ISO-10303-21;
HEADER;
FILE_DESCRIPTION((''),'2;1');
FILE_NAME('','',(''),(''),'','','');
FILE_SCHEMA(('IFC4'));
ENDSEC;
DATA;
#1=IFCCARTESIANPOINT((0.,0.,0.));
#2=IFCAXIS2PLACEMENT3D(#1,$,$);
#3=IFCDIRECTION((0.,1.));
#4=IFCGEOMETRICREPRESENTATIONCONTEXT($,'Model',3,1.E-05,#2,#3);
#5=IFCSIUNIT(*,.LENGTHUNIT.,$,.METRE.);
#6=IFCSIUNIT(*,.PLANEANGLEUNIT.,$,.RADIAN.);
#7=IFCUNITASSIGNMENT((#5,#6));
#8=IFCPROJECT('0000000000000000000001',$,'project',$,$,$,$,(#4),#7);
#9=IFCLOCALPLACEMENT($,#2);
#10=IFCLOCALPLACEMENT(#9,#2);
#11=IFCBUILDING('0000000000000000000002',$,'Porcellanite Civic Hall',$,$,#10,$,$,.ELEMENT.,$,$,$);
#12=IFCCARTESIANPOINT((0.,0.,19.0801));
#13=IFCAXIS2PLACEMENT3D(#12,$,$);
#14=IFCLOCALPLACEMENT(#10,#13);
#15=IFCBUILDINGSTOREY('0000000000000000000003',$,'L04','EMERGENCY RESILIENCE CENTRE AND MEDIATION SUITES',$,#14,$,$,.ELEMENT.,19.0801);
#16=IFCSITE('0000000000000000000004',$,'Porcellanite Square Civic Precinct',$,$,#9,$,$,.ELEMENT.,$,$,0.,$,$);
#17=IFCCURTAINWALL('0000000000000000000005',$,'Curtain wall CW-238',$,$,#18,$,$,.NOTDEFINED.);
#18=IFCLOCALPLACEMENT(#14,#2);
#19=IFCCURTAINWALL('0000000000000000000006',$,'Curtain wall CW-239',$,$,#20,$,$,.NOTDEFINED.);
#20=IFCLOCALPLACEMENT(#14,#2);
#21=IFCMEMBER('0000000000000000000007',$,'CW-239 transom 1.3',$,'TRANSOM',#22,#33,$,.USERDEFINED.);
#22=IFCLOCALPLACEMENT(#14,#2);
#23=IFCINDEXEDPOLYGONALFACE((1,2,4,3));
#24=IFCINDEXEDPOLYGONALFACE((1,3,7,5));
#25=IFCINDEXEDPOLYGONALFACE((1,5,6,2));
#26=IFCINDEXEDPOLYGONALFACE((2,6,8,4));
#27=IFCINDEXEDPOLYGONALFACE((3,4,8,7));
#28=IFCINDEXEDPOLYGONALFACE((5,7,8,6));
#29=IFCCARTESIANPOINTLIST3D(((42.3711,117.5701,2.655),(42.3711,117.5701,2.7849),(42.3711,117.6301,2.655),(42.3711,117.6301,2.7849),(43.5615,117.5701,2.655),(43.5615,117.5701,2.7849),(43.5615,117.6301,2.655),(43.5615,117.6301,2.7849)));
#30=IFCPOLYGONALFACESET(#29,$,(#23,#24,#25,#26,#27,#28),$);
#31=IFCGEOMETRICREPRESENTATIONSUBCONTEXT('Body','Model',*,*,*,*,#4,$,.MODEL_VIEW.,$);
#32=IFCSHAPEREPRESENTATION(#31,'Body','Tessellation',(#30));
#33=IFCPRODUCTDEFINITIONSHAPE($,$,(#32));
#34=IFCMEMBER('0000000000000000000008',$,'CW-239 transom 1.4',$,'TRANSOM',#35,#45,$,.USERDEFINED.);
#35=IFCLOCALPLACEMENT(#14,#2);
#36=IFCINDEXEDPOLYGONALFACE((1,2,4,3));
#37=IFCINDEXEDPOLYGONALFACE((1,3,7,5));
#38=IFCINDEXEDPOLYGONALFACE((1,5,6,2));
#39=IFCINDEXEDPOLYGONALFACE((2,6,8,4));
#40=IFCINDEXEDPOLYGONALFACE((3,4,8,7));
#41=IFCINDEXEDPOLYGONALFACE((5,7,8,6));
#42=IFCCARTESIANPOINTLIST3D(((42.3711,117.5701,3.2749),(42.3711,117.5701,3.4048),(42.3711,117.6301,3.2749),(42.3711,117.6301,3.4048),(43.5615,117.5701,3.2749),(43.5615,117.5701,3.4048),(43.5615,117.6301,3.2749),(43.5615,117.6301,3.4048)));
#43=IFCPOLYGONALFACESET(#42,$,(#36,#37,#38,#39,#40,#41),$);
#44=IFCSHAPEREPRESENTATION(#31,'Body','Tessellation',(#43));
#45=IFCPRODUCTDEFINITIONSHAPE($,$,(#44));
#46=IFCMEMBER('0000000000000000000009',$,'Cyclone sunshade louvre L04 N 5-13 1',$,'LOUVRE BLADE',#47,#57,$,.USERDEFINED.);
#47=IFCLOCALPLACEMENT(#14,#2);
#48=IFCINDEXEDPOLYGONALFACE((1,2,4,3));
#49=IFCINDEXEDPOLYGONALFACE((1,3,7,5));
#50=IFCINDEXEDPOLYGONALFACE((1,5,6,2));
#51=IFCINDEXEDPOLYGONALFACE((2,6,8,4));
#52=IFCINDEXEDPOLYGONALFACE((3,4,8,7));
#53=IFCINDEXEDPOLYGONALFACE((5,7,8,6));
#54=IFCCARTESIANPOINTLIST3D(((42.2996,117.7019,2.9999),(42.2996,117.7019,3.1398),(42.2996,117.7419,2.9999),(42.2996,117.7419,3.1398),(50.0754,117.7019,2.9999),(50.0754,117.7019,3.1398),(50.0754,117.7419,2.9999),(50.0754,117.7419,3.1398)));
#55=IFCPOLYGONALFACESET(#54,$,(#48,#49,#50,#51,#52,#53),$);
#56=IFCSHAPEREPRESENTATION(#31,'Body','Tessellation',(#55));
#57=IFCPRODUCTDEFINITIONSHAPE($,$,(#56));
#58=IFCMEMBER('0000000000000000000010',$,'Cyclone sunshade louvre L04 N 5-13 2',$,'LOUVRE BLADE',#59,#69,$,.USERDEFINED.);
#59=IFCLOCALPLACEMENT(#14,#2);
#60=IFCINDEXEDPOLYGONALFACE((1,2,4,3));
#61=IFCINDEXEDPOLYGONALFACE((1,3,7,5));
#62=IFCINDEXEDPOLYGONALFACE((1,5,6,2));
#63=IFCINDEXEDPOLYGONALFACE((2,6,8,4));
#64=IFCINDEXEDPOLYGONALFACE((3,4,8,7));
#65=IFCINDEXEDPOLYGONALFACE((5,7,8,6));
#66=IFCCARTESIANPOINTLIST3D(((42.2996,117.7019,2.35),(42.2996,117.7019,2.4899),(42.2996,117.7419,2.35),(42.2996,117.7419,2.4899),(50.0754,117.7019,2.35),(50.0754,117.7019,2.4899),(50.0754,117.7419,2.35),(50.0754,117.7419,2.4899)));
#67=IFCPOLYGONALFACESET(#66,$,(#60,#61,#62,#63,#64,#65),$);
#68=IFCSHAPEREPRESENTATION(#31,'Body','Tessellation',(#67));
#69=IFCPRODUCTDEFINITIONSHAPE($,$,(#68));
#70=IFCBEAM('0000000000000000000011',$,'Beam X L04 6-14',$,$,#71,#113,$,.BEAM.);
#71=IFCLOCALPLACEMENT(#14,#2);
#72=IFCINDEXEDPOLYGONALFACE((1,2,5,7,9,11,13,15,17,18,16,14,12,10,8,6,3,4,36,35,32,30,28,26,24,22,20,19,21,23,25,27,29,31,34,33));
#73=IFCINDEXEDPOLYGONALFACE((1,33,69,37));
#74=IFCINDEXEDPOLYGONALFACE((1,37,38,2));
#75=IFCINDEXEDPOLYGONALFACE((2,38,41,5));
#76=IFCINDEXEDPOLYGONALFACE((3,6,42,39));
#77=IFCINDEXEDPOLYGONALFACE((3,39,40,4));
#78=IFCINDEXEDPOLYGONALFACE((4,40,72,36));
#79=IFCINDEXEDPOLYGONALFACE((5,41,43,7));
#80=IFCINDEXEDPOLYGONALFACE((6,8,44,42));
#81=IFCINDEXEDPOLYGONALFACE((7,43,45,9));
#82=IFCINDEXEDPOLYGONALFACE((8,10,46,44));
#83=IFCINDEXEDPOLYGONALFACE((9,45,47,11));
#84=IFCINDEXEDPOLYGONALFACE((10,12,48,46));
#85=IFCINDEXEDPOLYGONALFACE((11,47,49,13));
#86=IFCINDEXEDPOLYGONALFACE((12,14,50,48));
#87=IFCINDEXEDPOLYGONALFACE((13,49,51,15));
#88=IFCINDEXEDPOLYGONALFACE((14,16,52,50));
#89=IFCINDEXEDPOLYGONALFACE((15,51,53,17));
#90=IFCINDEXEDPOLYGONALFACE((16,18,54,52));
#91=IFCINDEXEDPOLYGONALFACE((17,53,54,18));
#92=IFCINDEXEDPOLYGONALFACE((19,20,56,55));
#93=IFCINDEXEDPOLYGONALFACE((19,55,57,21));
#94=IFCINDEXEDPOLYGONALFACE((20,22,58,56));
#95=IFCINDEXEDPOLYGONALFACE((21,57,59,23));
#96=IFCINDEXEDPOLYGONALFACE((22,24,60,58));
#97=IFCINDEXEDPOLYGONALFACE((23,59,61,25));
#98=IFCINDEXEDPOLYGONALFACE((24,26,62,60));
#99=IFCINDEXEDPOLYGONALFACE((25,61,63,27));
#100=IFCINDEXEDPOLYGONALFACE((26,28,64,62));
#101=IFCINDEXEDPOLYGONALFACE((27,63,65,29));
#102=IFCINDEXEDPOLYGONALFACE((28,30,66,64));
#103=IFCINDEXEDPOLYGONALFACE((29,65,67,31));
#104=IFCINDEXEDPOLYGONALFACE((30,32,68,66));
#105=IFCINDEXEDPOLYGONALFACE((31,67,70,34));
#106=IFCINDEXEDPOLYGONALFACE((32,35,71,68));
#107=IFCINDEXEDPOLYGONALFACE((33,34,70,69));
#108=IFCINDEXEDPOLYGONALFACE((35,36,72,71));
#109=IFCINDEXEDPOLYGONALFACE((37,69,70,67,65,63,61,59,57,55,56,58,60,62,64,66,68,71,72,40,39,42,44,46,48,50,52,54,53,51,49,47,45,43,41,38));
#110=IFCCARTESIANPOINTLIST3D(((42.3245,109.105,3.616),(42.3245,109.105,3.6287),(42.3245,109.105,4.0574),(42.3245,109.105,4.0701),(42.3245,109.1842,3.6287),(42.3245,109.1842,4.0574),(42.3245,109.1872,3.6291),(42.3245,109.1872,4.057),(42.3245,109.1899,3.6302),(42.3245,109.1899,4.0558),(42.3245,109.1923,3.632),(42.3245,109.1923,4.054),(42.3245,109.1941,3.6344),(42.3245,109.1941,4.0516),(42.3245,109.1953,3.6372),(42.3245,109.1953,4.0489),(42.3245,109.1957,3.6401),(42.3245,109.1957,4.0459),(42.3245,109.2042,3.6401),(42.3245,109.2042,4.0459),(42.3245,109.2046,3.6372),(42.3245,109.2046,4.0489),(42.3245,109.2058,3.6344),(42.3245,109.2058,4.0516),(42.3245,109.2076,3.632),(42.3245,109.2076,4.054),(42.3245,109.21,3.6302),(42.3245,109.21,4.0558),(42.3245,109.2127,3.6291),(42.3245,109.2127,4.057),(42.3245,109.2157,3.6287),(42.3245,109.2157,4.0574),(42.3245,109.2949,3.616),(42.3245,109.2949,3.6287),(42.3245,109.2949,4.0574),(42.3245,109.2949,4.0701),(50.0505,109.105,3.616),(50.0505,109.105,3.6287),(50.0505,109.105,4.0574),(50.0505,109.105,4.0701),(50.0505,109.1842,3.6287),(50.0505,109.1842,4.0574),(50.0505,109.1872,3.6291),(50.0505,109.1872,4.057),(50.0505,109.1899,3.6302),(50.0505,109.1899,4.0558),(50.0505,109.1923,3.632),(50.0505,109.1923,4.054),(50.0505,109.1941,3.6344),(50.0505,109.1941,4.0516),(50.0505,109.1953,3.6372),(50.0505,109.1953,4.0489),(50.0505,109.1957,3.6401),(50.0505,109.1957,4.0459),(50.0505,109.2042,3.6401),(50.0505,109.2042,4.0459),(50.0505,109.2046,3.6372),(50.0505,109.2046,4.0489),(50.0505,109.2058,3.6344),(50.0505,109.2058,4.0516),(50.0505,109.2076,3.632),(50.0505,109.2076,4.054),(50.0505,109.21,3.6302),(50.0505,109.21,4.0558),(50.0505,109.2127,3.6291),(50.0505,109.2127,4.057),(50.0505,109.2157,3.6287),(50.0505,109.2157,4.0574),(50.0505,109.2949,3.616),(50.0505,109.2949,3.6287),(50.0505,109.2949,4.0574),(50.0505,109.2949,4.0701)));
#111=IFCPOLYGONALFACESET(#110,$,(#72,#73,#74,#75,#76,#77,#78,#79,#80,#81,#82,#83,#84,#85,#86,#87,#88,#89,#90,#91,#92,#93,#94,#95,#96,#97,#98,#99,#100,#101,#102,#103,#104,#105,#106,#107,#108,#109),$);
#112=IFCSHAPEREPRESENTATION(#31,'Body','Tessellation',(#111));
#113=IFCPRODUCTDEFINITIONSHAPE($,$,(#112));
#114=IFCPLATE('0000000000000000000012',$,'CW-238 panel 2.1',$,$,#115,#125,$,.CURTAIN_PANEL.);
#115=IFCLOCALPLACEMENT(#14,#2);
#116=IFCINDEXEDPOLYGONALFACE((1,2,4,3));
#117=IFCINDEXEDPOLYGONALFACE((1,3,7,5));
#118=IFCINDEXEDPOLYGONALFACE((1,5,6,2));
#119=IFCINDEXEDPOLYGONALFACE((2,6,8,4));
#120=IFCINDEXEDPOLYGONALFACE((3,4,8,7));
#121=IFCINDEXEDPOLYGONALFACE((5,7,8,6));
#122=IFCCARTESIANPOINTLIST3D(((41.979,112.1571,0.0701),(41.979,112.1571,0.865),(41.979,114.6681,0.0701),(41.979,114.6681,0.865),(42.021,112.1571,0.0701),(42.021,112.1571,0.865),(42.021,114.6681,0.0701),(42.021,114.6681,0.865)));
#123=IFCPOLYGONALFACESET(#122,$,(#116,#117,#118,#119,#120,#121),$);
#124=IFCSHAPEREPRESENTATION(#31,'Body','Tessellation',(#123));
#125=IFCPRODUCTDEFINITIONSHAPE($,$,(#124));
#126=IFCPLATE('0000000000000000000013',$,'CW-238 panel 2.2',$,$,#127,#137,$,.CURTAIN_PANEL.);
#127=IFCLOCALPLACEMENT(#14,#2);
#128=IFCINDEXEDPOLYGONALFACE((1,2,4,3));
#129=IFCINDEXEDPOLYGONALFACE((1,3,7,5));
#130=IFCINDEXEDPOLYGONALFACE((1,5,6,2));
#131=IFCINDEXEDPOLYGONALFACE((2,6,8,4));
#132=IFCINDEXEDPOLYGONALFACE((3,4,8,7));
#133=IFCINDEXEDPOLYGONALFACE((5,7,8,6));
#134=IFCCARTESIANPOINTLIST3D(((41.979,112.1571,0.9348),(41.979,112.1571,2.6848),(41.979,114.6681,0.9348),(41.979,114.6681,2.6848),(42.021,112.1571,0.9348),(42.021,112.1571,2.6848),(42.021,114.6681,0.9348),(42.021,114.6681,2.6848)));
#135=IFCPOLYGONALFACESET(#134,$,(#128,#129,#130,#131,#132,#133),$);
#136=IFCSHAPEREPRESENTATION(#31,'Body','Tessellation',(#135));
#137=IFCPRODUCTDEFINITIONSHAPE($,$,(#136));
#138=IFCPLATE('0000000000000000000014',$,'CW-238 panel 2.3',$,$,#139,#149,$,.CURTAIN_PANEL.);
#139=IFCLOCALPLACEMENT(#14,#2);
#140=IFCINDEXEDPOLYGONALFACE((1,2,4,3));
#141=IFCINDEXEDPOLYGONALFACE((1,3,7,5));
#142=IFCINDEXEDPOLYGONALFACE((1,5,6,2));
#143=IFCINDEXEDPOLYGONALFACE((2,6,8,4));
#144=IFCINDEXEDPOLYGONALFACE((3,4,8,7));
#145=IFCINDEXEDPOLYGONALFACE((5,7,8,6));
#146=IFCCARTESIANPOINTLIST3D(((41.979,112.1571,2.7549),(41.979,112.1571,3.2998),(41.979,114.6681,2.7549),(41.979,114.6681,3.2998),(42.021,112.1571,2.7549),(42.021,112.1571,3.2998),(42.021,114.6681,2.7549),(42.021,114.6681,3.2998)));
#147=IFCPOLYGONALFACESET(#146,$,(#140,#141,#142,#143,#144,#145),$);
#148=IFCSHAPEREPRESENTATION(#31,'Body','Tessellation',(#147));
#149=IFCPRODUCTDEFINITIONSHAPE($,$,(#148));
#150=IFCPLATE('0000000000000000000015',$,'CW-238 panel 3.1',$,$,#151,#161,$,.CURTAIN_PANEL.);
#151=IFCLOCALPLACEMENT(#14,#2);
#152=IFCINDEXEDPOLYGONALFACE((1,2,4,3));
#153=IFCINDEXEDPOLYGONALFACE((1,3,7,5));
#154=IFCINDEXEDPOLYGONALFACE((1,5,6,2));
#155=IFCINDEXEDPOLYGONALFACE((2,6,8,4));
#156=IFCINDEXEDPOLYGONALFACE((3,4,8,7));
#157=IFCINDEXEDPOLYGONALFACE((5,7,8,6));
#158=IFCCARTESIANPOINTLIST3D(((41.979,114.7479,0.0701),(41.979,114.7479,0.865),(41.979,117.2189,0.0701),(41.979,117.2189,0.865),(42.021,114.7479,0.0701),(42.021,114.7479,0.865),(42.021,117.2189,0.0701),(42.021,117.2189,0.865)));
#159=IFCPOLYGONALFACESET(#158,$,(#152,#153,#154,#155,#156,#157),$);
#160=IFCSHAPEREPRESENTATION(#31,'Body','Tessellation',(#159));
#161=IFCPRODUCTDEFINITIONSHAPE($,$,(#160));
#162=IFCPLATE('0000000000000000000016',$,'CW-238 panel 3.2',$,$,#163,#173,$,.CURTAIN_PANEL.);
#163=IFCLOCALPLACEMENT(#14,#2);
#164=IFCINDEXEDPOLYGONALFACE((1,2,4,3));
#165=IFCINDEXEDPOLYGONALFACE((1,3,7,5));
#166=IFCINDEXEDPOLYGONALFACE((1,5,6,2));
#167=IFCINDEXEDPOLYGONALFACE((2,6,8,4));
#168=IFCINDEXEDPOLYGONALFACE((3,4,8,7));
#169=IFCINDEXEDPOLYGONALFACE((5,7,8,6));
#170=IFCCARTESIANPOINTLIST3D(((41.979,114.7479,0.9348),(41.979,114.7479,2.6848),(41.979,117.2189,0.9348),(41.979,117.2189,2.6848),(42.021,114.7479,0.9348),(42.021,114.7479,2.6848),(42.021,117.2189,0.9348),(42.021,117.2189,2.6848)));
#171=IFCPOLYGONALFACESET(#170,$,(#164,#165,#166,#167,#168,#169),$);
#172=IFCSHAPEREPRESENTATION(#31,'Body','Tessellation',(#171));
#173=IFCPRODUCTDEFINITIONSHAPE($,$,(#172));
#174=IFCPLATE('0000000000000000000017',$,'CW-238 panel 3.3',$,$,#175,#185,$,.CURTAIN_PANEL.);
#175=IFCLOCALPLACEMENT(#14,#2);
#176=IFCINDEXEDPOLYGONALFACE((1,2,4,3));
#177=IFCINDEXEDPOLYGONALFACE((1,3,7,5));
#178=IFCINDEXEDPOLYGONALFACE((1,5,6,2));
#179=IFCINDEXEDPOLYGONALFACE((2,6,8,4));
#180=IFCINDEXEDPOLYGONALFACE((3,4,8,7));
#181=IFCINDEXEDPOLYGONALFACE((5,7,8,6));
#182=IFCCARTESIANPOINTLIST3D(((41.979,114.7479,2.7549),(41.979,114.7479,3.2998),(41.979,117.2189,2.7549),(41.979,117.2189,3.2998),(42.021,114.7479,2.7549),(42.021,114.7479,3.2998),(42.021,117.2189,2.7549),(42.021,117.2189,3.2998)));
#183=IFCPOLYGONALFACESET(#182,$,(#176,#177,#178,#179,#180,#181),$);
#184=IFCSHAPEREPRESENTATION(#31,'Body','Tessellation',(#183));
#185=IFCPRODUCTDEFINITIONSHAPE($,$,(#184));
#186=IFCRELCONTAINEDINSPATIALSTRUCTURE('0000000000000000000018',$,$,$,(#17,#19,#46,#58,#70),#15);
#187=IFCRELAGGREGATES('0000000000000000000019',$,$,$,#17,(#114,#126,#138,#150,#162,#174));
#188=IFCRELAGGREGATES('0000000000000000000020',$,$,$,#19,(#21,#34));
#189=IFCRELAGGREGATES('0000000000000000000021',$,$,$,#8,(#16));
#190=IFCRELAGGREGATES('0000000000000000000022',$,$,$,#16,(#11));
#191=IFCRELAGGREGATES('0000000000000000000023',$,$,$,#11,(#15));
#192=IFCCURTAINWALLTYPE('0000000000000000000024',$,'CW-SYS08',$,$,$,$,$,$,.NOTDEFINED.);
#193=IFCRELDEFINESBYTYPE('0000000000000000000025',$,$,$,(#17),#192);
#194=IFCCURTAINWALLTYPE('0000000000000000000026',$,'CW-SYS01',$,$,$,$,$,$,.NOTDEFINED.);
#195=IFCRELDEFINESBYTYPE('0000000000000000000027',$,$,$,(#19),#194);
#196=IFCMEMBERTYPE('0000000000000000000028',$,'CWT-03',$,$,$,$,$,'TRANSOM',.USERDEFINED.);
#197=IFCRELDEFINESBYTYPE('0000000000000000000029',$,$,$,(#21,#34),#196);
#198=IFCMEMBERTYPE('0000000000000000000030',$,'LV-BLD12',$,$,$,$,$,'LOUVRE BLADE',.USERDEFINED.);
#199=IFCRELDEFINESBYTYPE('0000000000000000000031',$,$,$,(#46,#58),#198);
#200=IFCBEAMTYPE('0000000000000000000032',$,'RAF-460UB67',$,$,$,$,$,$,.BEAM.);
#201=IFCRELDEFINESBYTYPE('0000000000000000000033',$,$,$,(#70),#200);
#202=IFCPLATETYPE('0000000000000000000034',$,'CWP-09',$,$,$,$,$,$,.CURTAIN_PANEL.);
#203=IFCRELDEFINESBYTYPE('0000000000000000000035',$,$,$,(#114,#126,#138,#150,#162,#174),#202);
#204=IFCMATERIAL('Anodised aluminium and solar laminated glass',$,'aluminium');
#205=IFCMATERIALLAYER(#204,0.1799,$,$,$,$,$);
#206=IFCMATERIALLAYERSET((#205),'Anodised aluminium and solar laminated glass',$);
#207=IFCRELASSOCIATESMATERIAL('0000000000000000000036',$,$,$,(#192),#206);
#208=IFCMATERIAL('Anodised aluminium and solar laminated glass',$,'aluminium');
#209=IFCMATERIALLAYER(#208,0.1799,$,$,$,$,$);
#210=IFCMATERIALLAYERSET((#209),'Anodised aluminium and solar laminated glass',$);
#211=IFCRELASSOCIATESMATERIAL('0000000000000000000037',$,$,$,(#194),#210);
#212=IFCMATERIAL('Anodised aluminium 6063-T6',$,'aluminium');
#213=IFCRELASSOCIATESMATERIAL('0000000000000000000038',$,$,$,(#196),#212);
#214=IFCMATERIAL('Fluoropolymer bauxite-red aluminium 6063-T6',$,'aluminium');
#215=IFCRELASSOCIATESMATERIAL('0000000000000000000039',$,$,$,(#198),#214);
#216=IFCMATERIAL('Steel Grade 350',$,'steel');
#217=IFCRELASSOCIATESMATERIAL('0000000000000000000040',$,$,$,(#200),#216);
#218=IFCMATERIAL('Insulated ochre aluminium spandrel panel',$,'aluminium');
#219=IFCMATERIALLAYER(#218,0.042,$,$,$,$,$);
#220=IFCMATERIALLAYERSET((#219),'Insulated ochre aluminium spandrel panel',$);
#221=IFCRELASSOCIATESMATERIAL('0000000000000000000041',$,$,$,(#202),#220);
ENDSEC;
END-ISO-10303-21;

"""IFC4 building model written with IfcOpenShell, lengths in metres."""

from ifc_helpers import new_model, si_unit, direction, frame, origin, origin_2d, place, context, subcontext, project, spatial, rectangle, i_section, extrude, material, layer, layer_set, material_profile, profile_set, type_object, element, aggregate, save


model = new_model("IFC4")

# Units and contexts
model_context = context("Model", 3, precision=1e-05, world=origin(), true_north=direction((0.0, 1.0)))
body_context = subcontext(model_context, "Body", "Model", "MODEL_VIEW")
ifc_project = project(units=[si_unit("LENGTHUNIT", "METRE"), si_unit("PLANEANGLEUNIT", "RADIAN")], contexts=[model_context])

# Site, building, storey
site_placement = place(None, origin())
site = spatial("IfcSite", under=ifc_project, at=site_placement, Name="Porcellanite Square Civic Precinct", CompositionType="ELEMENT", RefElevation=0.0)
building_placement = place(site_placement, origin())
building = spatial("IfcBuilding", under=site, at=building_placement, Name="Porcellanite Civic Hall", CompositionType="ELEMENT")
storey_placement = place(building_placement, frame((0.0, 0.0, 19.0801)))
storey = spatial("IfcBuildingStorey", under=building, at=storey_placement, Name="L04", Description="EMERGENCY RESILIENCE CENTRE AND MEDIATION SUITES", CompositionType="ELEMENT", Elevation=19.0801)

# Curtain walls
ifc_material_1 = material(Name="Anodised aluminium and solar laminated glass", Category="aluminium")
ifc_layer_1 = layer(ifc_material_1, 0.1799)
ifc_layer_set_1 = layer_set([ifc_layer_1], Name="Anodised aluminium and solar laminated glass")
curtain_wall_type_1 = type_object("IfcCurtainWallType", Name="CW-SYS08", PredefinedType="NOTDEFINED", material=ifc_layer_set_1)
curtain_wall_1_placement = place(storey_placement, origin())
curtain_wall_1 = element("IfcCurtainWall", 1, at=curtain_wall_1_placement, inside=storey, type_object=curtain_wall_type_1, Name="Curtain wall CW-238", PredefinedType="NOTDEFINED")
ifc_material_2 = material(Name="Anodised aluminium and solar laminated glass", Category="aluminium")
ifc_layer_2 = layer(ifc_material_2, 0.1799)
ifc_layer_set_2 = layer_set([ifc_layer_2], Name="Anodised aluminium and solar laminated glass")
curtain_wall_type_2 = type_object("IfcCurtainWallType", Name="CW-SYS01", PredefinedType="NOTDEFINED", material=ifc_layer_set_2)
curtain_wall_2_placement = place(storey_placement, origin())
curtain_wall_2 = element("IfcCurtainWall", 2, at=curtain_wall_2_placement, inside=storey, type_object=curtain_wall_type_2, Name="Curtain wall CW-239", PredefinedType="NOTDEFINED")

# Members
ifc_material_3 = material(Name="Anodised aluminium 6063-T6", Category="aluminium")
ifc_material_profile_1 = material_profile(ifc_material_3, rectangle(XDim=0.0601, YDim=0.1299, at=origin_2d()), Name="AL-60x130")
ifc_profile_set_1 = profile_set([ifc_material_profile_1], Name="Anodised aluminium 6063-T6")
member_type_1 = type_object("IfcMemberType", Name="CWT-03", ElementType="TRANSOM", PredefinedType="USERDEFINED", material=ifc_profile_set_1)
member_1_placement = place(storey_placement, frame((42.3711, 117.6001, 2.72), z_axis=(1.0, 0.0, 0.0), x_axis=(0.0, 1.0, 0.0)))
member_1 = element("IfcMember", 3, at=member_1_placement, type_object=member_type_1, Name="CW-239 transom 1.3", ObjectType="TRANSOM", PredefinedType="USERDEFINED", context=body_context, shape_type="SweptSolid", body=[
    extrude(rectangle(XDim=0.0601, YDim=0.1299, at=origin_2d()), origin(), (0.0, 0.0, 1.0), 1.1904),
])
member_2_placement = place(storey_placement, frame((42.3711, 117.6001, 3.3398), z_axis=(1.0, 0.0, 0.0), x_axis=(0.0, 1.0, 0.0)))
member_2 = element("IfcMember", 4, at=member_2_placement, type_object=member_type_1, Name="CW-239 transom 1.4", ObjectType="TRANSOM", PredefinedType="USERDEFINED", context=body_context, shape_type="SweptSolid", body=[
    extrude(rectangle(XDim=0.0601, YDim=0.1299, at=origin_2d()), origin(), (0.0, 0.0, 1.0), 1.1904),
])

# Members
ifc_material_4 = material(Name="Fluoropolymer bauxite-red aluminium 6063-T6", Category="aluminium")
ifc_material_profile_2 = material_profile(ifc_material_4, rectangle(XDim=0.04, YDim=0.1399, at=origin_2d()), Name="AL-40x140")
ifc_profile_set_2 = profile_set([ifc_material_profile_2], Name="Fluoropolymer bauxite-red aluminium 6063-T6")
member_type_2 = type_object("IfcMemberType", Name="LV-BLD12", ElementType="LOUVRE BLADE", PredefinedType="USERDEFINED", material=ifc_profile_set_2)
for number, where, z_axis, x_axis, name in (
    (5, (42.2996, 117.7219, 3.0698), (1.0, 0.0, 0.0), (0.0, 1.0, 0.0), "Cyclone sunshade louvre L04 N 5-13 1"),
    (6, (42.2996, 117.7219, 2.4199), (1.0, 0.0, 0.0), (0.0, 1.0, 0.0), "Cyclone sunshade louvre L04 N 5-13 2"),
):
    element("IfcMember", number, at=place(storey_placement, frame(where, z_axis=z_axis, x_axis=x_axis)), inside=storey, type_object=member_type_2, Name=name, ObjectType="LOUVRE BLADE", PredefinedType="USERDEFINED", context=body_context, shape_type="SweptSolid", body=[
        extrude(rectangle(XDim=0.04, YDim=0.1399, at=origin_2d()), origin(), (0.0, 0.0, 1.0), 7.7759),
    ])

# Beam
ifc_material_5 = material(Name="Steel Grade 350", Category="steel")
ifc_material_profile_3 = material_profile(ifc_material_5, i_section(OverallWidth=0.1899, OverallDepth=0.4541, WebThickness=0.0085, FlangeThickness=0.0127, FilletRadius=0.0115, at=origin_2d()), Name="460UB67.1")
ifc_profile_set_3 = profile_set([ifc_material_profile_3], Name="Steel Grade 350")
beam_type_1 = type_object("IfcBeamType", Name="RAF-460UB67", PredefinedType="BEAM", material=ifc_profile_set_3)
beam_1_placement = place(storey_placement, frame((42.3245, 109.2, 3.843), z_axis=(1.0, 0.0, 0.0), x_axis=(0.0, 1.0, 0.0)))
element("IfcBeam", 7, at=beam_1_placement, inside=storey, type_object=beam_type_1, Name="Beam X L04 6-14", PredefinedType="BEAM", context=body_context, shape_type="SweptSolid", body=[
    extrude(i_section(OverallWidth=0.1899, OverallDepth=0.4541, WebThickness=0.0085, FlangeThickness=0.0127, FilletRadius=0.0115, at=origin_2d()), origin(), (0.0, 0.0, 1.0), 7.7261),
])

# Plates
ifc_material_6 = material(Name="Insulated ochre aluminium spandrel panel", Category="aluminium")
ifc_layer_3 = layer(ifc_material_6, 0.042)
ifc_layer_set_3 = layer_set([ifc_layer_3], Name="Insulated ochre aluminium spandrel panel")
plate_type_1 = type_object("IfcPlateType", Name="CWP-09", PredefinedType="CURTAIN_PANEL", material=ifc_layer_set_3)
plate_1_placement = place(storey_placement, frame((42.0, 113.4126, 0.0701), z_axis=(0.0, 0.0, 1.0), x_axis=(0.0, 1.0, 0.0)))
plate_1 = element("IfcPlate", 8, at=plate_1_placement, type_object=plate_type_1, Name="CW-238 panel 2.1", PredefinedType="CURTAIN_PANEL", context=body_context, shape_type="SweptSolid", body=[
    extrude(rectangle(XDim=2.511, YDim=0.042, at=origin_2d()), origin(), (0.0, 0.0, 1.0), 0.7949),
])
plate_2_placement = place(storey_placement, frame((42.0, 113.4126, 0.9348), z_axis=(0.0, 0.0, 1.0), x_axis=(0.0, 1.0, 0.0)))
plate_2 = element("IfcPlate", 9, at=plate_2_placement, type_object=plate_type_1, Name="CW-238 panel 2.2", PredefinedType="CURTAIN_PANEL", context=body_context, shape_type="SweptSolid", body=[
    extrude(rectangle(XDim=2.511, YDim=0.042, at=origin_2d()), origin(), (0.0, 0.0, 1.0), 1.75),
])
plate_3_placement = place(storey_placement, frame((42.0, 113.4126, 2.7549), z_axis=(0.0, 0.0, 1.0), x_axis=(0.0, 1.0, 0.0)))
plate_3 = element("IfcPlate", 10, at=plate_3_placement, type_object=plate_type_1, Name="CW-238 panel 2.3", PredefinedType="CURTAIN_PANEL", context=body_context, shape_type="SweptSolid", body=[
    extrude(rectangle(XDim=2.511, YDim=0.042, at=origin_2d()), origin(), (0.0, 0.0, 1.0), 0.5449),
])
plate_4_placement = place(storey_placement, frame((42.0, 115.9834, 0.0701), z_axis=(0.0, 0.0, 1.0), x_axis=(0.0, 1.0, 0.0)))
plate_4 = element("IfcPlate", 11, at=plate_4_placement, type_object=plate_type_1, Name="CW-238 panel 3.1", PredefinedType="CURTAIN_PANEL", context=body_context, shape_type="SweptSolid", body=[
    extrude(rectangle(XDim=2.4709, YDim=0.042, at=origin_2d()), origin(), (0.0, 0.0, 1.0), 0.7949),
])
plate_5_placement = place(storey_placement, frame((42.0, 115.9834, 0.9348), z_axis=(0.0, 0.0, 1.0), x_axis=(0.0, 1.0, 0.0)))
plate_5 = element("IfcPlate", 12, at=plate_5_placement, type_object=plate_type_1, Name="CW-238 panel 3.2", PredefinedType="CURTAIN_PANEL", context=body_context, shape_type="SweptSolid", body=[
    extrude(rectangle(XDim=2.4709, YDim=0.042, at=origin_2d()), origin(), (0.0, 0.0, 1.0), 1.75),
])
plate_6_placement = place(storey_placement, frame((42.0, 115.9834, 2.7549), z_axis=(0.0, 0.0, 1.0), x_axis=(0.0, 1.0, 0.0)))
plate_6 = element("IfcPlate", 13, at=plate_6_placement, type_object=plate_type_1, Name="CW-238 panel 3.3", PredefinedType="CURTAIN_PANEL", context=body_context, shape_type="SweptSolid", body=[
    extrude(rectangle(XDim=2.4709, YDim=0.042, at=origin_2d()), origin(), (0.0, 0.0, 1.0), 0.5449),
])
aggregate(curtain_wall_1, [plate_1, plate_2, plate_3, plate_4, plate_5, plate_6])
aggregate(curtain_wall_2, [member_1, member_2])

save(model, "model.ifc")
